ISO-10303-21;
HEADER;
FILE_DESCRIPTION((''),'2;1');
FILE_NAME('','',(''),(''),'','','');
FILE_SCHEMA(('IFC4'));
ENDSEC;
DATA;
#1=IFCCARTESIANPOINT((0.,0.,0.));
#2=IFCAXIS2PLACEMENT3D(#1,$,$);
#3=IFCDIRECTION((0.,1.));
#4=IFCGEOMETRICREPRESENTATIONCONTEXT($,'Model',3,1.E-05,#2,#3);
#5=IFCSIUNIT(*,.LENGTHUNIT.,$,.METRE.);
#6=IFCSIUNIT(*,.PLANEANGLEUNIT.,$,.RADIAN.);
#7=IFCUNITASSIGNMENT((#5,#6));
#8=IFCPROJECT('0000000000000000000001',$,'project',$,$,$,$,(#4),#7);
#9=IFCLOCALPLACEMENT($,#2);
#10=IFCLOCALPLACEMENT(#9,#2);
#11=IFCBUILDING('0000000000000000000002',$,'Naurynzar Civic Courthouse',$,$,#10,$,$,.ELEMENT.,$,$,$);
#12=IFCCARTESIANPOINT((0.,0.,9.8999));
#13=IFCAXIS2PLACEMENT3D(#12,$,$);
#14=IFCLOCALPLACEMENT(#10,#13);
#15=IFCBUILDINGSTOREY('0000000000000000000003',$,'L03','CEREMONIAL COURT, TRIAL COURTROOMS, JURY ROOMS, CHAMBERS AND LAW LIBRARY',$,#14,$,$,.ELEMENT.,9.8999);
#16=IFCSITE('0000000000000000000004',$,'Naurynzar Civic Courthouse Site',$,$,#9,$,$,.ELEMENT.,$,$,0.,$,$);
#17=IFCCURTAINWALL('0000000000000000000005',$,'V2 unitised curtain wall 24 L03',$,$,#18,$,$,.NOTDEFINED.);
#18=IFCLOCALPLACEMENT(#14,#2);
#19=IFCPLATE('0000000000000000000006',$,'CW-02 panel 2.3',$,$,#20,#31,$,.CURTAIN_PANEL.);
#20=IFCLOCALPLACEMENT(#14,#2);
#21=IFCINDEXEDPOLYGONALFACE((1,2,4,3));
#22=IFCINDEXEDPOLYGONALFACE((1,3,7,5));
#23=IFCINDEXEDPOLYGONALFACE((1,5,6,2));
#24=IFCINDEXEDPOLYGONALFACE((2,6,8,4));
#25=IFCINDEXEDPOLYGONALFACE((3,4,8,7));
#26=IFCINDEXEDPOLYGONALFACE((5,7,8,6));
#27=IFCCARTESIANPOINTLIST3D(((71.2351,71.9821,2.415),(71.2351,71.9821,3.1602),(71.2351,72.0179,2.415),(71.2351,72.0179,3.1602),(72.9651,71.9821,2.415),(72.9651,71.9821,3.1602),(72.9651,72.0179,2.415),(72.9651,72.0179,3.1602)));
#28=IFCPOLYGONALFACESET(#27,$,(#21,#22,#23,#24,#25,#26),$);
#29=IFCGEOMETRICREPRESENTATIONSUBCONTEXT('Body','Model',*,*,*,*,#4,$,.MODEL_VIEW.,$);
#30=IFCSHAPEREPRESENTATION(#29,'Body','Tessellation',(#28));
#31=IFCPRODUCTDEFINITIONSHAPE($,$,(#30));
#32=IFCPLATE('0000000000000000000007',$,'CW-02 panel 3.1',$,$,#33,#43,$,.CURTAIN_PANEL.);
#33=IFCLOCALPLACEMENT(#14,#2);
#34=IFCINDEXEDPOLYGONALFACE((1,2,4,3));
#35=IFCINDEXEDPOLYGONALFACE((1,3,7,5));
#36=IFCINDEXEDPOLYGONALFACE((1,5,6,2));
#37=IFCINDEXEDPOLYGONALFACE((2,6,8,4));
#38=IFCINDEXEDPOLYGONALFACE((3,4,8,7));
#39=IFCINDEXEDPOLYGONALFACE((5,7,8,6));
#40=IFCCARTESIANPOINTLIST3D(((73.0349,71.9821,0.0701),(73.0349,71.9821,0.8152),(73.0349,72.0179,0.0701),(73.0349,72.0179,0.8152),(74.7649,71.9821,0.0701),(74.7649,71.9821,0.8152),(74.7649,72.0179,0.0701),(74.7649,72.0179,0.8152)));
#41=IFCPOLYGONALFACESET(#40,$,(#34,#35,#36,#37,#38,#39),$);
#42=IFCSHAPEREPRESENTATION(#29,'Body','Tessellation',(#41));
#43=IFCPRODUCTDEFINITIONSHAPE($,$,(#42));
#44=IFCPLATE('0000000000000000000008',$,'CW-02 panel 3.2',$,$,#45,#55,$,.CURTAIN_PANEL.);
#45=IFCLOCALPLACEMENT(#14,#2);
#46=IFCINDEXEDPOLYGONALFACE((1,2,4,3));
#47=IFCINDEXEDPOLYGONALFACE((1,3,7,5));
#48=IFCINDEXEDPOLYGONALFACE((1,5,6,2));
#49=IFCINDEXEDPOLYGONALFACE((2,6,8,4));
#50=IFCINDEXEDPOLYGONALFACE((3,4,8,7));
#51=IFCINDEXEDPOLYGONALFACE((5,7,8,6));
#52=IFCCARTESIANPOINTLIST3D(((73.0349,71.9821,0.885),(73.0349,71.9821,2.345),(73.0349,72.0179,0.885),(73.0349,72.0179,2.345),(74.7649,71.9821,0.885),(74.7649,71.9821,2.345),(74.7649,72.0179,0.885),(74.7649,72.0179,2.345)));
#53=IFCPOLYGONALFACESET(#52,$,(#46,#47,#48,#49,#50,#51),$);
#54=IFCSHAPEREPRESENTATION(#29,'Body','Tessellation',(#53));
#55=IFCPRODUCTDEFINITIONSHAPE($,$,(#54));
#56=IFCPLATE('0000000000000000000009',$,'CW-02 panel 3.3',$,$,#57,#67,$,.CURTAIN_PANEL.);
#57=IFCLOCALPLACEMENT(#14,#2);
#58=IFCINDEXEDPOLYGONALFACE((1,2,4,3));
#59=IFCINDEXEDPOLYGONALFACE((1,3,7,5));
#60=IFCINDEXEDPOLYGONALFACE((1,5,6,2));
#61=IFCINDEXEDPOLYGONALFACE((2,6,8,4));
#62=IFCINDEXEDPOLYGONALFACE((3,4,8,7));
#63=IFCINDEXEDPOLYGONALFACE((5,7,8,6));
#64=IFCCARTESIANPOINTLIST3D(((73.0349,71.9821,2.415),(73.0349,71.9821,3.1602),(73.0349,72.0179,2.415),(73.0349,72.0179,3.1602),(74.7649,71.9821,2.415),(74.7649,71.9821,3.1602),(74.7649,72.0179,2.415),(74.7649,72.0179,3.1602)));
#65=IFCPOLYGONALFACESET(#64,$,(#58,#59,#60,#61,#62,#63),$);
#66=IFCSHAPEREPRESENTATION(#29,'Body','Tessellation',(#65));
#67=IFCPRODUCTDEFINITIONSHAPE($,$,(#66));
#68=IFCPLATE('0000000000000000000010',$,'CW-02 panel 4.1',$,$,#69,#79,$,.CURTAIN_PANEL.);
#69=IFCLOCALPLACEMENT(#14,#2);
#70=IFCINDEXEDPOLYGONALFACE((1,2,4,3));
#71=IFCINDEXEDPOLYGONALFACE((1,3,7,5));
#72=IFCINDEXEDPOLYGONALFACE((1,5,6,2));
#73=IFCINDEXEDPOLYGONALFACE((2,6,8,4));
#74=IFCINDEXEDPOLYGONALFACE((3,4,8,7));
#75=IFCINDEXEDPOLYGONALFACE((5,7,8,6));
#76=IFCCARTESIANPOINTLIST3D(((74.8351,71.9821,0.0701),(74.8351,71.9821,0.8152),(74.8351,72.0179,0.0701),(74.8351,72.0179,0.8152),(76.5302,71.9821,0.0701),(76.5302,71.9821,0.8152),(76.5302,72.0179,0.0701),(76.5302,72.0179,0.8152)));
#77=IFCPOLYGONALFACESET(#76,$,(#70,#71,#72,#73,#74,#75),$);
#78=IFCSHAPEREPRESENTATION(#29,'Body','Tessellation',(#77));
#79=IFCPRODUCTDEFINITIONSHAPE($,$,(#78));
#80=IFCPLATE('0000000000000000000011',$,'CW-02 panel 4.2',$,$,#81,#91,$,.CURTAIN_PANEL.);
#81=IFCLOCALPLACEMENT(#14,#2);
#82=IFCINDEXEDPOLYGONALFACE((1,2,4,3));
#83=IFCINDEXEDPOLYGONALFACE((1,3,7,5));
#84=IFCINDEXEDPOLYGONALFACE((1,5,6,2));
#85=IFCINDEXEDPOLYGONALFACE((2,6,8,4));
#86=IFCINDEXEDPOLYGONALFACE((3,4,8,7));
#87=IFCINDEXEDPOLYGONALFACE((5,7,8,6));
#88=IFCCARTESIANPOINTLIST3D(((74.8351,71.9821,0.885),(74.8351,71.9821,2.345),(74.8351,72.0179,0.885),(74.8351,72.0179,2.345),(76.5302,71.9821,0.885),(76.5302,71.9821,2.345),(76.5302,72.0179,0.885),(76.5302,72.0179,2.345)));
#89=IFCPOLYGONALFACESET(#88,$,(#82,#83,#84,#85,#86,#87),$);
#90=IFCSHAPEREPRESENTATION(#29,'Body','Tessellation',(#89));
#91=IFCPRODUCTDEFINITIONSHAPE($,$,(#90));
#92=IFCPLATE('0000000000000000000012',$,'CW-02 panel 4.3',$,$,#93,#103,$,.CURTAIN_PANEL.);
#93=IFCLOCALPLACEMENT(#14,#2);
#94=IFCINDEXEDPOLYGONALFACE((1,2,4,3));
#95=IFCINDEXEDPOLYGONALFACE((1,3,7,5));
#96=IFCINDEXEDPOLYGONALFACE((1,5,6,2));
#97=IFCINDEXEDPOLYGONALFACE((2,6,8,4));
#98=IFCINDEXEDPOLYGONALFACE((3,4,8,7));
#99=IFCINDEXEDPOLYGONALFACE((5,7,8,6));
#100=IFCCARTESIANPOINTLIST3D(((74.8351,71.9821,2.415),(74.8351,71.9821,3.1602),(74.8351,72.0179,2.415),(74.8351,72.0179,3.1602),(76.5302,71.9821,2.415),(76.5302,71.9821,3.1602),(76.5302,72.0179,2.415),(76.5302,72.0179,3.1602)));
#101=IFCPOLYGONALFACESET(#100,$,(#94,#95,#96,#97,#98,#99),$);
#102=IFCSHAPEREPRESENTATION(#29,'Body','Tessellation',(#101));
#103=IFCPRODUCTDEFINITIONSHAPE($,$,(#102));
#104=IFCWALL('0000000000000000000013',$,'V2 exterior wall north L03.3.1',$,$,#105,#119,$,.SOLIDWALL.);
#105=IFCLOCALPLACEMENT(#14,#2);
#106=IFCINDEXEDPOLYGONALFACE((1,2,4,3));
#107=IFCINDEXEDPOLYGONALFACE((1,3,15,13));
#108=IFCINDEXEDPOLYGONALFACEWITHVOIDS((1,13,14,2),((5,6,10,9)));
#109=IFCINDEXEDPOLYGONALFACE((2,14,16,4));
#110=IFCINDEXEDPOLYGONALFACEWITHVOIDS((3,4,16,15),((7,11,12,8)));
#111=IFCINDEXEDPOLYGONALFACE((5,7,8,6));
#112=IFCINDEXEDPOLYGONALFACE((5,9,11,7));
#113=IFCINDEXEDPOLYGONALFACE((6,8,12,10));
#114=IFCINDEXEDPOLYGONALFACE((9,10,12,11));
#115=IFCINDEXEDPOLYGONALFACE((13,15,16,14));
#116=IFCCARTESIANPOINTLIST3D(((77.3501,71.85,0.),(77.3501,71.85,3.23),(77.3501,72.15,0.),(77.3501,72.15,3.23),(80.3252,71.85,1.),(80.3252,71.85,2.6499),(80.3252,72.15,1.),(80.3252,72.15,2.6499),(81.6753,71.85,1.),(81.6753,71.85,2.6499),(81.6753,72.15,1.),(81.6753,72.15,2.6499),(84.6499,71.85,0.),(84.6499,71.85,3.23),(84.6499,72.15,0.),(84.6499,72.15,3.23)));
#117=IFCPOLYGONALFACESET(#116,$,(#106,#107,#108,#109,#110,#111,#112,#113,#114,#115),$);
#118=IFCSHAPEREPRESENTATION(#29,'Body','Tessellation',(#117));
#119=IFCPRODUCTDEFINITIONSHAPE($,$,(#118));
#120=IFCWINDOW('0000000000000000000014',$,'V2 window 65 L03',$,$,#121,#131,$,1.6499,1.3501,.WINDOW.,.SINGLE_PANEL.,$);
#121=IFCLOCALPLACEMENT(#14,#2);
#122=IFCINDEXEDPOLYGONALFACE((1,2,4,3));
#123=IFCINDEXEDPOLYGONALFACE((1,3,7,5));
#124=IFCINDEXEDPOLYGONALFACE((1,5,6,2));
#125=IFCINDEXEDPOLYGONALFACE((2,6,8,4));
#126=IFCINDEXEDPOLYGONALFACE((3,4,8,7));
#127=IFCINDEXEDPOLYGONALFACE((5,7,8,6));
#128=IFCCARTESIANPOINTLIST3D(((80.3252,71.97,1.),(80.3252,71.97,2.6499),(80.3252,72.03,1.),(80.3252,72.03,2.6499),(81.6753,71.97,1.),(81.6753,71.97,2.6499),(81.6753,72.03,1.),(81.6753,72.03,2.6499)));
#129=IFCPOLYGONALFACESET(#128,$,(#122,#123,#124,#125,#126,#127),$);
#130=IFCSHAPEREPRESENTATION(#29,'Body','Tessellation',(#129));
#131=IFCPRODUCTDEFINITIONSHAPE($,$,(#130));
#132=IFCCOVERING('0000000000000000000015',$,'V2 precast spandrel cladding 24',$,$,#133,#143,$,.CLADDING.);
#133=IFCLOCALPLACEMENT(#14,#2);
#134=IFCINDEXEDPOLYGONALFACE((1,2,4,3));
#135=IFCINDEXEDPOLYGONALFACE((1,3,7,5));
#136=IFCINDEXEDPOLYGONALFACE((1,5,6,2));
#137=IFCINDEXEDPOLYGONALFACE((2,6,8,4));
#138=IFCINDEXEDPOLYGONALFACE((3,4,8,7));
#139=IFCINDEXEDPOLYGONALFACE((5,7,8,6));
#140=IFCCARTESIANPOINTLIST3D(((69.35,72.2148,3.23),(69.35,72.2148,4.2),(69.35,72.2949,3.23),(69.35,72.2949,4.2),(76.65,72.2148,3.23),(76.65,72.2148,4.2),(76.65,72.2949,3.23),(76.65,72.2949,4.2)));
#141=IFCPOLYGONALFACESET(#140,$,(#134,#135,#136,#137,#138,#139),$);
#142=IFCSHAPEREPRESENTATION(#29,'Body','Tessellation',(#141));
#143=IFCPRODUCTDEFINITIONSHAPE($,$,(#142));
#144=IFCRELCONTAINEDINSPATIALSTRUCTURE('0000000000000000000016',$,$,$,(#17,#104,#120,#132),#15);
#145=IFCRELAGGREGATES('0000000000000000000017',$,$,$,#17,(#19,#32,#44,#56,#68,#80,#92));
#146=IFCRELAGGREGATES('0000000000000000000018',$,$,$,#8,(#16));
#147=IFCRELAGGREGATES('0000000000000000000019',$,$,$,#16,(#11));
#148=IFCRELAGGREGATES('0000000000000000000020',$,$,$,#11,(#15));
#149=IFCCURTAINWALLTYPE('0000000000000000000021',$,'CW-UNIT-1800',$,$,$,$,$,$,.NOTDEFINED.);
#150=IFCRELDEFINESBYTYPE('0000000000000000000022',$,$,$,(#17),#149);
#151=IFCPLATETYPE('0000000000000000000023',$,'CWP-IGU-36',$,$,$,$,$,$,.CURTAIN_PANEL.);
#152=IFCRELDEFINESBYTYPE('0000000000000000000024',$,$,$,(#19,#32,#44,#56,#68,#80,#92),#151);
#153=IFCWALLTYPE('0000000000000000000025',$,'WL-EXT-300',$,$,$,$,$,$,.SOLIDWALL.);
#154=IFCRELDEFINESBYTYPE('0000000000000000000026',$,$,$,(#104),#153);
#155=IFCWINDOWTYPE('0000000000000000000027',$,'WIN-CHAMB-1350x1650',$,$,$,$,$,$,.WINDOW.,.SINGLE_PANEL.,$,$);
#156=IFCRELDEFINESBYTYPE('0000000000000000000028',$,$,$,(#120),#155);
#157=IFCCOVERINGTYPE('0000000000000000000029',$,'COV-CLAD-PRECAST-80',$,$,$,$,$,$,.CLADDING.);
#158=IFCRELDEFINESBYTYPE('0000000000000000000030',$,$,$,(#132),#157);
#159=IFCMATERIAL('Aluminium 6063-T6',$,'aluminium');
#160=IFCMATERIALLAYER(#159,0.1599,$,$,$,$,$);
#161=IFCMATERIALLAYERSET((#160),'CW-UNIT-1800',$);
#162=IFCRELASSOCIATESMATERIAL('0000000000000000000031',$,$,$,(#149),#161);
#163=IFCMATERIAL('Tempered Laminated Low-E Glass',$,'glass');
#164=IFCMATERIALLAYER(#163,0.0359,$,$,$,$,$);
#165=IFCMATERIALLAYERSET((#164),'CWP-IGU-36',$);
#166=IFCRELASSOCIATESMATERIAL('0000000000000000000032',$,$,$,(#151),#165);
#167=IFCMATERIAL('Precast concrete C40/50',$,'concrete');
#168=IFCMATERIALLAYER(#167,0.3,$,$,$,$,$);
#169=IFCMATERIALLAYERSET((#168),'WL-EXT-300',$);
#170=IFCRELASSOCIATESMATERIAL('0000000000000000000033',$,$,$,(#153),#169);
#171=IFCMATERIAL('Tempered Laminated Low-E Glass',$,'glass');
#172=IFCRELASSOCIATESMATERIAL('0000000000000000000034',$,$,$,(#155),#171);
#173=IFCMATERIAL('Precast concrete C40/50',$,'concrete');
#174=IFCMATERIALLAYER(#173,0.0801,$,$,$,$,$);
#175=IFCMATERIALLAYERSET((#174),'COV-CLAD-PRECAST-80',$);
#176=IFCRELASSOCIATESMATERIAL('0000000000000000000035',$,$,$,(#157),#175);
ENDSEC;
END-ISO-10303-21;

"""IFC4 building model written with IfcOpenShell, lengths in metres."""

from ifc_helpers import new_model, si_unit, direction, frame, frame_2d, origin, origin_2d, place, context, subcontext, project, spatial, rectangle, extrude, material, layer, layer_set, type_object, element, fill, aggregate, save


model = new_model("IFC4")

# Units and contexts
model_context = context("Model", 3, precision=1e-05, world=origin(), true_north=direction((0.0, 1.0)))
body_context = subcontext(model_context, "Body", "Model", "MODEL_VIEW")
ifc_project = project(units=[si_unit("LENGTHUNIT", "METRE"), si_unit("PLANEANGLEUNIT", "RADIAN")], contexts=[model_context])

# Site, building, storey
site_placement = place(None, origin())
site = spatial("IfcSite", under=ifc_project, at=site_placement, Name="Naurynzar Civic Courthouse Site", CompositionType="ELEMENT", RefElevation=0.0)
building_placement = place(site_placement, origin())
building = spatial("IfcBuilding", under=site, at=building_placement, Name="Naurynzar Civic Courthouse", CompositionType="ELEMENT")
storey_placement = place(building_placement, frame((0.0, 0.0, 9.8999)))
storey = spatial("IfcBuildingStorey", under=building, at=storey_placement, Name="L03", Description="CEREMONIAL COURT, TRIAL COURTROOMS, JURY ROOMS, CHAMBERS AND LAW LIBRARY", CompositionType="ELEMENT", Elevation=9.8999)

# Curtain wall, plates
ifc_material_1 = material(Name="Aluminium 6063-T6", Category="aluminium")
ifc_layer_1 = layer(ifc_material_1, 0.1599)
ifc_layer_set_1 = layer_set([ifc_layer_1], Name="CW-UNIT-1800")
curtain_wall_type = type_object("IfcCurtainWallType", Name="CW-UNIT-1800", PredefinedType="NOTDEFINED", material=ifc_layer_set_1)
curtain_wall_placement = place(storey_placement, origin())
curtain_wall = element("IfcCurtainWall", 1, at=curtain_wall_placement, inside=storey, type_object=curtain_wall_type, Name="V2 unitised curtain wall 24 L03", PredefinedType="NOTDEFINED")
ifc_material_2 = material(Name="Tempered Laminated Low-E Glass", Category="glass")
ifc_layer_2 = layer(ifc_material_2, 0.0359)
ifc_layer_set_2 = layer_set([ifc_layer_2], Name="CWP-IGU-36")
plate_type = type_object("IfcPlateType", Name="CWP-IGU-36", PredefinedType="CURTAIN_PANEL", material=ifc_layer_set_2)
plate_1_placement = place(storey_placement, frame((72.1001, 72.0, 2.415), z_axis=(0.0, 0.0, 1.0), x_axis=(1.0, 0.0, 0.0)))
plate_1 = element("IfcPlate", 2, at=plate_1_placement, type_object=plate_type, Name="CW-02 panel 2.3", PredefinedType="CURTAIN_PANEL", context=body_context, shape_type="SweptSolid", body=[
    extrude(rectangle(XDim=1.73, YDim=0.0359, at=origin_2d()), origin(), (0.0, 0.0, 1.0), 0.7451),
])
plate_2_placement = place(storey_placement, frame((73.8999, 72.0, 0.0701), z_axis=(0.0, 0.0, 1.0), x_axis=(1.0, 0.0, 0.0)))
plate_2 = element("IfcPlate", 3, at=plate_2_placement, type_object=plate_type, Name="CW-02 panel 3.1", PredefinedType="CURTAIN_PANEL", context=body_context, shape_type="SweptSolid", body=[
    extrude(rectangle(XDim=1.73, YDim=0.0359, at=origin_2d()), origin(), (0.0, 0.0, 1.0), 0.7451),
])
plate_3_placement = place(storey_placement, frame((73.8999, 72.0, 0.885), z_axis=(0.0, 0.0, 1.0), x_axis=(1.0, 0.0, 0.0)))
plate_3 = element("IfcPlate", 4, at=plate_3_placement, type_object=plate_type, Name="CW-02 panel 3.2", PredefinedType="CURTAIN_PANEL", context=body_context, shape_type="SweptSolid", body=[
    extrude(rectangle(XDim=1.73, YDim=0.0359, at=origin_2d()), origin(), (0.0, 0.0, 1.0), 1.46),
])
plate_4_placement = place(storey_placement, frame((73.8999, 72.0, 2.415), z_axis=(0.0, 0.0, 1.0), x_axis=(1.0, 0.0, 0.0)))
plate_4 = element("IfcPlate", 5, at=plate_4_placement, type_object=plate_type, Name="CW-02 panel 3.3", PredefinedType="CURTAIN_PANEL", context=body_context, shape_type="SweptSolid", body=[
    extrude(rectangle(XDim=1.73, YDim=0.0359, at=origin_2d()), origin(), (0.0, 0.0, 1.0), 0.7451),
])
plate_5_placement = place(storey_placement, frame((75.6826, 72.0, 0.0701), z_axis=(0.0, 0.0, 1.0), x_axis=(1.0, 0.0, 0.0)))
plate_5 = element("IfcPlate", 6, at=plate_5_placement, type_object=plate_type, Name="CW-02 panel 4.1", PredefinedType="CURTAIN_PANEL", context=body_context, shape_type="SweptSolid", body=[
    extrude(rectangle(XDim=1.6951, YDim=0.0359, at=origin_2d()), origin(), (0.0, 0.0, 1.0), 0.7451),
])
plate_6_placement = place(storey_placement, frame((75.6826, 72.0, 0.885), z_axis=(0.0, 0.0, 1.0), x_axis=(1.0, 0.0, 0.0)))
plate_6 = element("IfcPlate", 7, at=plate_6_placement, type_object=plate_type, Name="CW-02 panel 4.2", PredefinedType="CURTAIN_PANEL", context=body_context, shape_type="SweptSolid", body=[
    extrude(rectangle(XDim=1.6951, YDim=0.0359, at=origin_2d()), origin(), (0.0, 0.0, 1.0), 1.46),
])
plate_7_placement = place(storey_placement, frame((75.6826, 72.0, 2.415), z_axis=(0.0, 0.0, 1.0), x_axis=(1.0, 0.0, 0.0)))
plate_7 = element("IfcPlate", 8, at=plate_7_placement, type_object=plate_type, Name="CW-02 panel 4.3", PredefinedType="CURTAIN_PANEL", context=body_context, shape_type="SweptSolid", body=[
    extrude(rectangle(XDim=1.6951, YDim=0.0359, at=origin_2d()), origin(), (0.0, 0.0, 1.0), 0.7451),
])
aggregate(curtain_wall, [plate_1, plate_2, plate_3, plate_4, plate_5, plate_6, plate_7])

# Wall, opening, window
ifc_material_3 = material(Name="Precast concrete C40/50", Category="concrete")
ifc_layer_3 = layer(ifc_material_3, 0.3)
ifc_layer_set_3 = layer_set([ifc_layer_3], Name="WL-EXT-300")
wall_type = type_object("IfcWallType", Name="WL-EXT-300", PredefinedType="SOLIDWALL", material=ifc_layer_set_3)
wall_placement = place(storey_placement, frame((77.3501, 72.0, 0.0), z_axis=(0.0, 0.0, 1.0), x_axis=(1.0, 0.0, 0.0)))
wall = element("IfcWall", 9, at=wall_placement, inside=storey, type_object=wall_type, Name="V2 exterior wall north L03.3.1", PredefinedType="SOLIDWALL", context=body_context, shape_type="SweptSolid", body=[
    extrude(rectangle(XDim=7.2998, YDim=0.3, at=frame_2d((3.6499, 0.0))), origin(), (0.0, 0.0, 1.0), 3.23),
])
opening_placement = place(wall_placement, frame((2.9751, 0.0, 1.0)))
opening = element("IfcOpeningElement", 10, at=opening_placement, cuts=wall, PredefinedType="OPENING", context=body_context, shape_type="SweptSolid", body=[
    extrude(rectangle(XDim=1.3501, YDim=1.6499, at=frame_2d((0.675, 0.825))), frame((0.0, 0.1599, 0.0), z_axis=(0.0, -1.0, 0.0), x_axis=(1.0, 0.0, 0.0)), (0.0, 0.0, 1.0), 0.3201),
])
ifc_material_4 = material(Name="Tempered Laminated Low-E Glass", Category="glass")
window_type = type_object("IfcWindowType", Name="WIN-CHAMB-1350x1650", PartitioningType="SINGLE_PANEL", PredefinedType="WINDOW", material=ifc_material_4)
window_placement = place(opening_placement, origin())
window = element("IfcWindow", 11, at=window_placement, inside=storey, type_object=window_type, Name="V2 window 65 L03", OverallHeight=1.6499, OverallWidth=1.3501, PartitioningType="SINGLE_PANEL", PredefinedType="WINDOW", context=body_context, shape_type="SweptSolid", body=[
    extrude(rectangle(XDim=1.3501, YDim=1.6499, at=frame_2d((0.675, 0.825))), frame((0.0, 0.03, 0.0), z_axis=(0.0, -1.0, 0.0), x_axis=(1.0, 0.0, 0.0)), (0.0, 0.0, 1.0), 0.0601),
])
fill(opening, window)

# Covering
ifc_material_5 = material(Name="Precast concrete C40/50", Category="concrete")
ifc_layer_4 = layer(ifc_material_5, 0.0801)
ifc_layer_set_4 = layer_set([ifc_layer_4], Name="COV-CLAD-PRECAST-80")
covering_type = type_object("IfcCoveringType", Name="COV-CLAD-PRECAST-80", PredefinedType="CLADDING", material=ifc_layer_set_4)
covering_placement = place(storey_placement, frame((73.0, 72.2549, 3.23), z_axis=(0.0, 0.0, 1.0), x_axis=(1.0, 0.0, 0.0)))
element("IfcCovering", 12, at=covering_placement, inside=storey, type_object=covering_type, Name="V2 precast spandrel cladding 24", PredefinedType="CLADDING", context=body_context, shape_type="SweptSolid", body=[
    extrude(rectangle(XDim=7.3, YDim=0.0801, at=origin_2d()), origin(), (0.0, 0.0, 1.0), 0.97),
])

save(model, "model.ifc")
